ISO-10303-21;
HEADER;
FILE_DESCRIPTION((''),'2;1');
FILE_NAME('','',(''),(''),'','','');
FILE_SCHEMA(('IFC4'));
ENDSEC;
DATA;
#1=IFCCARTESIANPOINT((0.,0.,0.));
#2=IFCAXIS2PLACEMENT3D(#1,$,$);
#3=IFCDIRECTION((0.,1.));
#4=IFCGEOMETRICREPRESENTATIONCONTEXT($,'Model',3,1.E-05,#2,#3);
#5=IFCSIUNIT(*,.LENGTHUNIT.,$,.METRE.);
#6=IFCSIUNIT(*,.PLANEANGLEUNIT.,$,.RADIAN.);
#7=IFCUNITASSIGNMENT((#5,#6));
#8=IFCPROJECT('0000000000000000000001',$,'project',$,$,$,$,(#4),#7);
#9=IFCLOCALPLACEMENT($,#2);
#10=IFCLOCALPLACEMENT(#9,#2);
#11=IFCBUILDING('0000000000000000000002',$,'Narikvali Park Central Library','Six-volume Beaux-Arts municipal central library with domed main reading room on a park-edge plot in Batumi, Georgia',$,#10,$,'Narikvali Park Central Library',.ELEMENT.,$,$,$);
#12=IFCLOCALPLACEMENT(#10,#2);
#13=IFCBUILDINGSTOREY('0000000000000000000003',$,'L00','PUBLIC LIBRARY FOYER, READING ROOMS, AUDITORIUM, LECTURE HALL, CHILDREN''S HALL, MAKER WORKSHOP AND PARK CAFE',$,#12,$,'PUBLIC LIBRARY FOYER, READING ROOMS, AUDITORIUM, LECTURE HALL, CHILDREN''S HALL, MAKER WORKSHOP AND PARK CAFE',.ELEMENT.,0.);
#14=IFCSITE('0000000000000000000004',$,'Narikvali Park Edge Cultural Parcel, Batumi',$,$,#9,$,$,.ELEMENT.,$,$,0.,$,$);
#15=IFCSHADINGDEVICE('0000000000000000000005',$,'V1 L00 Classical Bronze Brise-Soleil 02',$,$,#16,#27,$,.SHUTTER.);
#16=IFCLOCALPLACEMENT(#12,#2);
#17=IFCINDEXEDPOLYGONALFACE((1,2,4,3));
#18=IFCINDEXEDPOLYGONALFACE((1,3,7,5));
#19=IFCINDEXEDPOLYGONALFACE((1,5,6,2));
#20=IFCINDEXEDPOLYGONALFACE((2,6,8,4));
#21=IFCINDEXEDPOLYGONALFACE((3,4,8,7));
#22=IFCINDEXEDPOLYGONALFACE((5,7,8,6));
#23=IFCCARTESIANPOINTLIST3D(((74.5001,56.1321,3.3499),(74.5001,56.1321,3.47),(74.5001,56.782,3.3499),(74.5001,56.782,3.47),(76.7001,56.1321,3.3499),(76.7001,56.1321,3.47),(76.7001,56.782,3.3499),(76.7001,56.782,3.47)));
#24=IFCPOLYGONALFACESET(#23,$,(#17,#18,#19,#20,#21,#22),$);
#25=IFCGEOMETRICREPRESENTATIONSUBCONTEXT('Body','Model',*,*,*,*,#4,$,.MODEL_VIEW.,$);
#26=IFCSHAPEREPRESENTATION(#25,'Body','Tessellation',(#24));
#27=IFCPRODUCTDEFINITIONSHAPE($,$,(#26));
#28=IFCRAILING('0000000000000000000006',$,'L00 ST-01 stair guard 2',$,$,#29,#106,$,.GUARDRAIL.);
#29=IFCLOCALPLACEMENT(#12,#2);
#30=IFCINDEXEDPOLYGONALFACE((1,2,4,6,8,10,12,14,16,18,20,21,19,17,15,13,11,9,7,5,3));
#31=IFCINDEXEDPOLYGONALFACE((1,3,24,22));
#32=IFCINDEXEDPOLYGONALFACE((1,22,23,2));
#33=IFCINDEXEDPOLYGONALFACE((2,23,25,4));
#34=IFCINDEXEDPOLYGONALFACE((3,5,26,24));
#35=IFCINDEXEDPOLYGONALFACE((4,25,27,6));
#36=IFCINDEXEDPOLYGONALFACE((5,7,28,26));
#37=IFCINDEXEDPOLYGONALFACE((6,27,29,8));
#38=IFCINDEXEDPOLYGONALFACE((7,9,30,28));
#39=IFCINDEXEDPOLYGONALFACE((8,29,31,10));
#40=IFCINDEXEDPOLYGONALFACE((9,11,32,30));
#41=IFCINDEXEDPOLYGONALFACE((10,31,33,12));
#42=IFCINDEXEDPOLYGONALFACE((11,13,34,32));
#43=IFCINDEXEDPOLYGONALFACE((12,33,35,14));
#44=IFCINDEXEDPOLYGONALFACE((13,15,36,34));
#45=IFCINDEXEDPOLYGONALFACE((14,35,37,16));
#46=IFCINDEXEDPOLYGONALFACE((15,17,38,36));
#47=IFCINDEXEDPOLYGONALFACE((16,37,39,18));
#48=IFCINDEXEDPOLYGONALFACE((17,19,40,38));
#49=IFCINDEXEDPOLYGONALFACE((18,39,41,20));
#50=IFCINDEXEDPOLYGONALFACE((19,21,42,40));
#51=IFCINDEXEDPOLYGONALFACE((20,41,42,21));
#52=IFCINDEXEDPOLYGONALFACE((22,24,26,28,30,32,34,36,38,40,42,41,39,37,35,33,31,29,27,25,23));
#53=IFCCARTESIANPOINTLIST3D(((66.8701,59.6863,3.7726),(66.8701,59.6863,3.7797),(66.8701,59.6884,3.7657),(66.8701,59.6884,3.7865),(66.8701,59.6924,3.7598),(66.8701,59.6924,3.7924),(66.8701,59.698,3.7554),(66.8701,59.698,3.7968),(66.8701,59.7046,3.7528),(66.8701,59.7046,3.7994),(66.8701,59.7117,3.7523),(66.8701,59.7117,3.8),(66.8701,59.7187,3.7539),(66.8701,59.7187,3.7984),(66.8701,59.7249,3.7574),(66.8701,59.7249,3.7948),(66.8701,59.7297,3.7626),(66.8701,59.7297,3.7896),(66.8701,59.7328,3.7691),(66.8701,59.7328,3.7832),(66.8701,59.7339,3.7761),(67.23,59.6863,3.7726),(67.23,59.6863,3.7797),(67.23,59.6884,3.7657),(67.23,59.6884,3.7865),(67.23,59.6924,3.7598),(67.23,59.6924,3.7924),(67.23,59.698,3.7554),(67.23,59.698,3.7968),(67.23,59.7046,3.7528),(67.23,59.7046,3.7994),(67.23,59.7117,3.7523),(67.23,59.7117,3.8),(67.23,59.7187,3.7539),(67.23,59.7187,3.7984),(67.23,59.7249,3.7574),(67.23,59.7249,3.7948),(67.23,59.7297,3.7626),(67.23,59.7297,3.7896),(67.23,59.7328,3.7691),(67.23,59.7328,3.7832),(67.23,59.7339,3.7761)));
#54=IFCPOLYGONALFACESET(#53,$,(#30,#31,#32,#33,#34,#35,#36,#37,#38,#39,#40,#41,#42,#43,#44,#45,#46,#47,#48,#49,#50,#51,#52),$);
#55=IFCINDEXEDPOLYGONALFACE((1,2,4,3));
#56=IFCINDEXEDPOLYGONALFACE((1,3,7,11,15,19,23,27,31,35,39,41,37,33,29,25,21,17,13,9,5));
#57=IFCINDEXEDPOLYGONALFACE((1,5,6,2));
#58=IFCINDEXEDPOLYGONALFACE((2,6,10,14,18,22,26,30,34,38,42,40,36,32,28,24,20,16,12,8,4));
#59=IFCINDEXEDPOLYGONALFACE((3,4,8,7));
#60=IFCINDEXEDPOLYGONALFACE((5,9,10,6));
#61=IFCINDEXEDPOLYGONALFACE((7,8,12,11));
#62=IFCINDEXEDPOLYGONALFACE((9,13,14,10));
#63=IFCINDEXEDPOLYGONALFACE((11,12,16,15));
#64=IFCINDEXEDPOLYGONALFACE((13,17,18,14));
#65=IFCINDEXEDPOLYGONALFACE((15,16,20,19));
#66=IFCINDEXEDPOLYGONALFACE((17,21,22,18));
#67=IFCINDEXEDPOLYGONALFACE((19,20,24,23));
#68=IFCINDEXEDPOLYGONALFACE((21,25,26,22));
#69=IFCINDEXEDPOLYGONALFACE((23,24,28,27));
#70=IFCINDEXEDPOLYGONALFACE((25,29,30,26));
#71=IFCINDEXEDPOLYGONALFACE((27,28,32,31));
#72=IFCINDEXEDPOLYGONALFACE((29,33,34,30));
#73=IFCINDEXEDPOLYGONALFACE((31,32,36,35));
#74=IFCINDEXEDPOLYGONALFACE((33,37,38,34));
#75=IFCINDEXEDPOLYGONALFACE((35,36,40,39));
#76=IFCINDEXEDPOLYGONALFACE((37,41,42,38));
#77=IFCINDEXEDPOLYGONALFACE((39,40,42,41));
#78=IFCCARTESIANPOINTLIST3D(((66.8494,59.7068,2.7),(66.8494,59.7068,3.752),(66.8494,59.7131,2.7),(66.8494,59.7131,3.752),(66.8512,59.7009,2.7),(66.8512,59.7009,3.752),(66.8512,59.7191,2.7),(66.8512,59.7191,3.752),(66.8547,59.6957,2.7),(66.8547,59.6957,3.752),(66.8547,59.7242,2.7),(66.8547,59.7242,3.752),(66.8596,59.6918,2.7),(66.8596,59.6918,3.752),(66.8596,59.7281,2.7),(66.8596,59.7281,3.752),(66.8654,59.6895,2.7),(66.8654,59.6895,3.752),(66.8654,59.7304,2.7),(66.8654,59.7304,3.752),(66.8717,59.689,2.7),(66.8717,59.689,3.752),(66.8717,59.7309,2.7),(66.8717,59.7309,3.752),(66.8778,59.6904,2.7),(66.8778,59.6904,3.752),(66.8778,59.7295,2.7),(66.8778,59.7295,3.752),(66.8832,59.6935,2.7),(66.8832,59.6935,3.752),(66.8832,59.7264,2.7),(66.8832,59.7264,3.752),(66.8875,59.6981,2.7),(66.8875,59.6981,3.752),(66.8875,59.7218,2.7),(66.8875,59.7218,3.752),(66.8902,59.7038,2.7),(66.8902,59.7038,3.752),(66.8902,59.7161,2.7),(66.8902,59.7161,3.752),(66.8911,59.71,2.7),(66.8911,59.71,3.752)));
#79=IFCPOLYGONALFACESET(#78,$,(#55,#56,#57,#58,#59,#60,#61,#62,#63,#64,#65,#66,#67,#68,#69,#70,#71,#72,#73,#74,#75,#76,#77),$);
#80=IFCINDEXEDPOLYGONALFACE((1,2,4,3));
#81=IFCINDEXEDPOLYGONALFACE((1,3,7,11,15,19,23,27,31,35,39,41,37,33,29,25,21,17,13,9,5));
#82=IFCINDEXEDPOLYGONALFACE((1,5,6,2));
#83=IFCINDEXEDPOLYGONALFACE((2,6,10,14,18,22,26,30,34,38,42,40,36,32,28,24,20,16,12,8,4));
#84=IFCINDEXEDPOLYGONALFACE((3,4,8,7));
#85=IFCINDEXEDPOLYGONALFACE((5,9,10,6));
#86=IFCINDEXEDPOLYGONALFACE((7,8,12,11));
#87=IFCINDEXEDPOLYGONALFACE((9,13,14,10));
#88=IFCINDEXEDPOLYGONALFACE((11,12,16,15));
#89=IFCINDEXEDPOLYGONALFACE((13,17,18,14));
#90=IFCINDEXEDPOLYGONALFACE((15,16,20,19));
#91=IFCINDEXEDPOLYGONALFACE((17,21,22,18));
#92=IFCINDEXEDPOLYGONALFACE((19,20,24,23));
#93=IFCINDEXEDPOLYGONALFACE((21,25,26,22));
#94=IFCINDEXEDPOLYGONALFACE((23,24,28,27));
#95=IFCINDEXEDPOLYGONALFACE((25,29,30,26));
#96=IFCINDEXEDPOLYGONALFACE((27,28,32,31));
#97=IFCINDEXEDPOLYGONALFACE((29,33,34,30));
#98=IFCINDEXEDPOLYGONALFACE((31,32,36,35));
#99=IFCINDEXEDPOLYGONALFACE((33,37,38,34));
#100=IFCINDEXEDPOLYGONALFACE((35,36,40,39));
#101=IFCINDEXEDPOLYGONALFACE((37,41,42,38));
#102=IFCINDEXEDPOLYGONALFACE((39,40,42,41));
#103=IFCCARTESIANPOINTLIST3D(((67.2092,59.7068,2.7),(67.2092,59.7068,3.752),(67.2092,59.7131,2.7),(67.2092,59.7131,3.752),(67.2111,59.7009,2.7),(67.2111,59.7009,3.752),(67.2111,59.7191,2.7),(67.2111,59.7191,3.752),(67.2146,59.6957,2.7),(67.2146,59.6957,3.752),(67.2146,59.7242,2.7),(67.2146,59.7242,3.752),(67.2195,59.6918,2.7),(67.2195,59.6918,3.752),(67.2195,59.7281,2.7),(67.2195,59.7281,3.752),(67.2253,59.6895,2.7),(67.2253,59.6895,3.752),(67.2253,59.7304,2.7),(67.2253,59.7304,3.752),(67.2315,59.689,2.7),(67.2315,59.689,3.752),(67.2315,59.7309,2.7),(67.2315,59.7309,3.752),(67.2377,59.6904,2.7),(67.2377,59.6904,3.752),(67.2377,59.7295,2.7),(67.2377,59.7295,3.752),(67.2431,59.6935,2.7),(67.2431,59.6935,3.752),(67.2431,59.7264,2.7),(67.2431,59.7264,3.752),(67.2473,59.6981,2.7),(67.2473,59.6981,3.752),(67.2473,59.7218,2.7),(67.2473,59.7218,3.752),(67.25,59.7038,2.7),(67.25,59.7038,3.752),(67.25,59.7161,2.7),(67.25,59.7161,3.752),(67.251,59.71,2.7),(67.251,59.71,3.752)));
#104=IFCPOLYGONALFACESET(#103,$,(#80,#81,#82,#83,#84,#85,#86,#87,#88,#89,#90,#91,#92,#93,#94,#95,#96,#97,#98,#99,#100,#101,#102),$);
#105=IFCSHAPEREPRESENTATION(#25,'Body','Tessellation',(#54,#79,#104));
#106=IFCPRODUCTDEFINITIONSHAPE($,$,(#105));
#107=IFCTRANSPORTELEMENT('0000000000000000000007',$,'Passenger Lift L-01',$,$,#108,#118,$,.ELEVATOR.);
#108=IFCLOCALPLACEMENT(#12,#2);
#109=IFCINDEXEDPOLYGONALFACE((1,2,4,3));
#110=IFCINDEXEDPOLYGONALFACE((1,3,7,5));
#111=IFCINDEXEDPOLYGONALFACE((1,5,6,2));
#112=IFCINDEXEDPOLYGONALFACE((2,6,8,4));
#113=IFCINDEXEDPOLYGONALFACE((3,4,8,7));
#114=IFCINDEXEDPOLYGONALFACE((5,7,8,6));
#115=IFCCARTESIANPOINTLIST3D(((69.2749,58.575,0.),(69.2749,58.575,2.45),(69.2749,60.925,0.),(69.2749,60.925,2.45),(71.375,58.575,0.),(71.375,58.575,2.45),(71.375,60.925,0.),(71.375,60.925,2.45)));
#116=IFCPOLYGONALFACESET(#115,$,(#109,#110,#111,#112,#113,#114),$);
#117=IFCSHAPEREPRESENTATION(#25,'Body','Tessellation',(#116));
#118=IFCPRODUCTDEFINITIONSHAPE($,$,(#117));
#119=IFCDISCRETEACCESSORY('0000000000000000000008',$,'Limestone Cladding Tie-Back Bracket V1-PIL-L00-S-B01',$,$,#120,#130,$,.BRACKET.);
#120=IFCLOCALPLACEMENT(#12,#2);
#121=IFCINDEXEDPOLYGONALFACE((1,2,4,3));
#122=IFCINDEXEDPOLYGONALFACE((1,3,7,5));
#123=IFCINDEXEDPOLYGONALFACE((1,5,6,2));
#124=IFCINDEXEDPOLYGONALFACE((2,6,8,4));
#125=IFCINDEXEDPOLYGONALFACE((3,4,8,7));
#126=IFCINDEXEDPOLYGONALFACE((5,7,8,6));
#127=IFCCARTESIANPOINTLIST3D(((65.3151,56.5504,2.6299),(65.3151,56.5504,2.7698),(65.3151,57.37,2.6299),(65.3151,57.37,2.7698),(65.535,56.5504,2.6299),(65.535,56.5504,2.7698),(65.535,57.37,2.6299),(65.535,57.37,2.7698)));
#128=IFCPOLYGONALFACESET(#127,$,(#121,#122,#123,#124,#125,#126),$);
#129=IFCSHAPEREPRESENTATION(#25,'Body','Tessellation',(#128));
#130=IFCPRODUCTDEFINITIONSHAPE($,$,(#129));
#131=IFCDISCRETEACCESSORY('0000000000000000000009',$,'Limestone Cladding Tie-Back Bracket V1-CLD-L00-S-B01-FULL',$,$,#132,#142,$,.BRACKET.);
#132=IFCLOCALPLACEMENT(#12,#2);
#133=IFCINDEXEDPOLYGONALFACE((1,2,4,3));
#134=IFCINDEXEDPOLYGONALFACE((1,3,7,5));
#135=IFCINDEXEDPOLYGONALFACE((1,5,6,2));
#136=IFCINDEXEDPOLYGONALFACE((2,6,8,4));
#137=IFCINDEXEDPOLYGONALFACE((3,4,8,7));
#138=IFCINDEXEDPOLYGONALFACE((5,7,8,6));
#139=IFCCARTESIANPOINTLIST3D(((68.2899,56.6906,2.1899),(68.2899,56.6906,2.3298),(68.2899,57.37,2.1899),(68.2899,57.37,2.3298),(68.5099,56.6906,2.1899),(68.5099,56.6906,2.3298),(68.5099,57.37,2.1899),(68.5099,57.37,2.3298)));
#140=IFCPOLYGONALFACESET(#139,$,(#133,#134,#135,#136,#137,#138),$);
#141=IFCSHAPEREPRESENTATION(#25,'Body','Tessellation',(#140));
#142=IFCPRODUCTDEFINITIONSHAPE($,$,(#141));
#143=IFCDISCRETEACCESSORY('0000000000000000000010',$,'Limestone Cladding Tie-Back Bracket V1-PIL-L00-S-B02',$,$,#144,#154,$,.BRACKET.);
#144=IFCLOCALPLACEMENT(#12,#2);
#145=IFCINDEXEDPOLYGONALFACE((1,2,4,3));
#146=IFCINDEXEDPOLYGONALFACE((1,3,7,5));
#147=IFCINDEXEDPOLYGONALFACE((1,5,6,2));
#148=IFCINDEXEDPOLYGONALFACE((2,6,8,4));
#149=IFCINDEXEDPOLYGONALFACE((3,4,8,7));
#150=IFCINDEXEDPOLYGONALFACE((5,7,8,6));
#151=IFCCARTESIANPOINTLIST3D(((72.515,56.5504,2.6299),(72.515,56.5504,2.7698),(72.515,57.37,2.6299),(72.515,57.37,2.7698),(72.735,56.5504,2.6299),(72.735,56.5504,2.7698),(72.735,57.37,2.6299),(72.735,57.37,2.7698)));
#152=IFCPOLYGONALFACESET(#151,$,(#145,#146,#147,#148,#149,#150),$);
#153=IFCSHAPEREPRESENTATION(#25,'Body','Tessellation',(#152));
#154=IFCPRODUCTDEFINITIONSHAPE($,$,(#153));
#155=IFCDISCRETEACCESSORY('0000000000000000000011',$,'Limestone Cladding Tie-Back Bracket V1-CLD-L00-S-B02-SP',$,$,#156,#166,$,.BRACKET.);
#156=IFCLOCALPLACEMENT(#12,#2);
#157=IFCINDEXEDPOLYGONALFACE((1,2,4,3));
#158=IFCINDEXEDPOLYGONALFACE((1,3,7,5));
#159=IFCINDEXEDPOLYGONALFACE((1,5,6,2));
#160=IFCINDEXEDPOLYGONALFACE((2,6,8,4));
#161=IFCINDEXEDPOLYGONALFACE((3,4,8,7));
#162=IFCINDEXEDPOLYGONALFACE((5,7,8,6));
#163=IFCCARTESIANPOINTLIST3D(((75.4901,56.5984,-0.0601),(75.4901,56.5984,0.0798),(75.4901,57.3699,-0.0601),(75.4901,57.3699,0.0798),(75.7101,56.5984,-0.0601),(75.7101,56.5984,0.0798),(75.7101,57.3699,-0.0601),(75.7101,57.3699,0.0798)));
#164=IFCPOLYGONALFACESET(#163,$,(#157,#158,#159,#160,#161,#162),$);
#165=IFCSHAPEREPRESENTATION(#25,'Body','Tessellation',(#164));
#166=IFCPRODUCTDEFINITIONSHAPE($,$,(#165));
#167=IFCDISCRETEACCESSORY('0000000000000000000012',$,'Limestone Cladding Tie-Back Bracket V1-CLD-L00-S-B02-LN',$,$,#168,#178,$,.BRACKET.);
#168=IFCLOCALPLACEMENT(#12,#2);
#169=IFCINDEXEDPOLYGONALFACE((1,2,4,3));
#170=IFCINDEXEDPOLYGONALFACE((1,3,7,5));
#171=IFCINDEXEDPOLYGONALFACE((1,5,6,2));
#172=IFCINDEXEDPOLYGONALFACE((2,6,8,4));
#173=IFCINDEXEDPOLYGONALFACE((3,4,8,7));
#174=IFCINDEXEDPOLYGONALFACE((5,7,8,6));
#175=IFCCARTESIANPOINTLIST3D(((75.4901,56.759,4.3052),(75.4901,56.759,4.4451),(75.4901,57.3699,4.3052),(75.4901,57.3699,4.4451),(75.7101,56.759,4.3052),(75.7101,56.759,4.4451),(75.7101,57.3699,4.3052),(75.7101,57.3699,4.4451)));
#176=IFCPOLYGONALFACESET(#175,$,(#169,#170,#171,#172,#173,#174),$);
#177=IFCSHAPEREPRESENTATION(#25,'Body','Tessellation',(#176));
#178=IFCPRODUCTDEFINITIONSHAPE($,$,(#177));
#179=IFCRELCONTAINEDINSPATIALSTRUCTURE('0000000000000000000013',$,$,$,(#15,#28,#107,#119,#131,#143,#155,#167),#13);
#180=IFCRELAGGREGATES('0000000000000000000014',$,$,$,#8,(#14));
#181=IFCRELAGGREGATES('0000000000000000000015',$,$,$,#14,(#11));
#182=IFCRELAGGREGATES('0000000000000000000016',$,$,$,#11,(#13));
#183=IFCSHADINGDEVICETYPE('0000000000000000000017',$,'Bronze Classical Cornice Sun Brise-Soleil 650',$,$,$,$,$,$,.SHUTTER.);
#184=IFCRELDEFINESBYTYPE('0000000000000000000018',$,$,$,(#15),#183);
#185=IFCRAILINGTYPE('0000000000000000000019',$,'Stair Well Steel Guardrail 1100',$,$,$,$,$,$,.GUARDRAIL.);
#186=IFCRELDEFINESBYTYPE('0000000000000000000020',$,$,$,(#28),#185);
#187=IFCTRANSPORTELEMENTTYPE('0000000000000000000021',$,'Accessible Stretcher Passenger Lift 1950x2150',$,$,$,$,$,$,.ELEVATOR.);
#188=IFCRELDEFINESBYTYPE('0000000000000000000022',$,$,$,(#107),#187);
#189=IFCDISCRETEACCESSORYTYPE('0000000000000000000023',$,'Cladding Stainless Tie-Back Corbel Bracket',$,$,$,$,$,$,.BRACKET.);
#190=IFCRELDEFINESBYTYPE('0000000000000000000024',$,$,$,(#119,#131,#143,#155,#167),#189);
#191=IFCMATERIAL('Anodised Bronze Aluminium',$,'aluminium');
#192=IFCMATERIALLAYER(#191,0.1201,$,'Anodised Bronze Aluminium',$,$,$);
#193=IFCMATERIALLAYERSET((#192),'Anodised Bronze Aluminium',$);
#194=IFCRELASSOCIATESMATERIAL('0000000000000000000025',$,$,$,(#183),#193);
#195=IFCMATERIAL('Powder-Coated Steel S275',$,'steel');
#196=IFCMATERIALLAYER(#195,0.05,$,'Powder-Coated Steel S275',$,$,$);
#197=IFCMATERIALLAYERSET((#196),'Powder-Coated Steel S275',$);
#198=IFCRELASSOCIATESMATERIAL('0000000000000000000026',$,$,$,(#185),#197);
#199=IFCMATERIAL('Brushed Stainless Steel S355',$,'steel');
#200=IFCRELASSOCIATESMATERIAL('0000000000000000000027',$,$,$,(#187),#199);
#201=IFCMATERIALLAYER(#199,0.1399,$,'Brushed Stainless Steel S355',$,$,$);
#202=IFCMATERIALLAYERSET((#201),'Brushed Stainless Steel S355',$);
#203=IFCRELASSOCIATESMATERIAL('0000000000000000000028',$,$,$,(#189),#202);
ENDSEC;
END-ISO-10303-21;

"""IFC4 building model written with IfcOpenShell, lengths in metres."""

from ifc_helpers import new_model, si_unit, direction, frame, origin, origin_2d, place, context, subcontext, project, spatial, rectangle, circle, extrude, material, layer, layer_set, type_object, element, save


model = new_model("IFC4")

# Units and contexts
model_context = context("Model", 3, precision=1e-05, world=origin(), true_north=direction((0.0, 1.0)))
body_context = subcontext(model_context, "Body", "Model", "MODEL_VIEW")
ifc_project = project(units=[si_unit("LENGTHUNIT", "METRE"), si_unit("PLANEANGLEUNIT", "RADIAN")], contexts=[model_context])

# Site, building, storey
site_placement = place(None, origin())
site = spatial("IfcSite", under=ifc_project, at=site_placement, Name="Narikvali Park Edge Cultural Parcel, Batumi", CompositionType="ELEMENT", RefElevation=0.0)
building_placement = place(site_placement, origin())
building = spatial("IfcBuilding", under=site, at=building_placement, Name="Narikvali Park Central Library", Description="Six-volume Beaux-Arts municipal central library with domed main reading room on a park-edge plot in Batumi, Georgia", LongName="Narikvali Park Central Library", CompositionType="ELEMENT")
storey_placement = place(building_placement, origin())
storey = spatial("IfcBuildingStorey", under=building, at=storey_placement, Name="L00", Description="PUBLIC LIBRARY FOYER, READING ROOMS, AUDITORIUM, LECTURE HALL, CHILDREN'S HALL, MAKER WORKSHOP AND PARK CAFE", LongName="PUBLIC LIBRARY FOYER, READING ROOMS, AUDITORIUM, LECTURE HALL, CHILDREN'S HALL, MAKER WORKSHOP AND PARK CAFE", CompositionType="ELEMENT", Elevation=0.0)

# Shading device
ifc_material_1 = material(Name="Anodised Bronze Aluminium", Category="aluminium")
ifc_layer_1 = layer(ifc_material_1, 0.1201, Name="Anodised Bronze Aluminium")
ifc_layer_set_1 = layer_set([ifc_layer_1], Name="Anodised Bronze Aluminium")
shading_device_type = type_object("IfcShadingDeviceType", Name="Bronze Classical Cornice Sun Brise-Soleil 650", PredefinedType="SHUTTER", material=ifc_layer_set_1)
shading_device_placement = place(storey_placement, frame((75.6001, 56.457, 3.3499), z_axis=(0.0, 0.0, 1.0), x_axis=(1.0, 0.0, 0.0)))
element("IfcShadingDevice", 1, at=shading_device_placement, inside=storey, type_object=shading_device_type, Name="V1 L00 Classical Bronze Brise-Soleil 02", PredefinedType="SHUTTER", context=body_context, shape_type="SweptSolid", body=[
    extrude(rectangle(XDim=2.2, YDim=0.6499, at=origin_2d()), origin(), (0.0, 0.0, 1.0), 0.1201),
])

# Railing
ifc_material_2 = material(Name="Powder-Coated Steel S275", Category="steel")
ifc_layer_2 = layer(ifc_material_2, 0.05, Name="Powder-Coated Steel S275")
ifc_layer_set_2 = layer_set([ifc_layer_2], Name="Powder-Coated Steel S275")
railing_type = type_object("IfcRailingType", Name="Stair Well Steel Guardrail 1100", PredefinedType="GUARDRAIL", material=ifc_layer_set_2)
railing_placement = place(storey_placement, frame((66.8701, 59.71, 2.7)))
element("IfcRailing", 2, at=railing_placement, inside=storey, type_object=railing_type, Name="L00 ST-01 stair guard 2", PredefinedType="GUARDRAIL", context=body_context, shape_type="SweptSolid", body=[
    extrude(circle(Radius=0.0239, at=origin_2d()), frame((0.0, 0.0, 1.0762), z_axis=(1.0, 0.0, 0.0), x_axis=(0.0, 1.0, 0.0)), (0.0, 0.0, 1.0), 0.3599),
    extrude(circle(Radius=0.021, at=origin_2d()), origin(), (0.0, 0.0, 1.0), 1.052),
    extrude(circle(Radius=0.021, at=origin_2d()), frame((0.3599, 0.0, 0.0)), (0.0, 0.0, 1.0), 1.052),
])

# Transport element
ifc_material_3 = material(Name="Brushed Stainless Steel S355", Category="steel")
transport_element_type = type_object("IfcTransportElementType", Name="Accessible Stretcher Passenger Lift 1950x2150", PredefinedType="ELEVATOR", material=ifc_material_3)
transport_element_placement = place(storey_placement, frame((70.325, 59.75, 0.0), z_axis=(0.0, 0.0, 1.0), x_axis=(1.0, 0.0, 0.0)))
element("IfcTransportElement", 3, at=transport_element_placement, inside=storey, type_object=transport_element_type, Name="Passenger Lift L-01", PredefinedType="ELEVATOR", context=body_context, shape_type="SweptSolid", body=[
    extrude(rectangle(XDim=2.1001, YDim=2.3501, at=origin_2d()), origin(), (0.0, 0.0, 1.0), 2.45),
])

# Discrete accessories
ifc_layer_3 = layer(ifc_material_3, 0.1399, Name="Brushed Stainless Steel S355")
ifc_layer_set_3 = layer_set([ifc_layer_3], Name="Brushed Stainless Steel S355")
discrete_accessory_type = type_object("IfcDiscreteAccessoryType", Name="Cladding Stainless Tie-Back Corbel Bracket", PredefinedType="BRACKET", material=ifc_layer_set_3)
discrete_accessory_1_placement = place(storey_placement, frame((65.425, 56.9602, 2.6299), z_axis=(0.0, 0.0, 1.0), x_axis=(1.0, 0.0, 0.0)))
element("IfcDiscreteAccessory", 4, at=discrete_accessory_1_placement, inside=storey, type_object=discrete_accessory_type, Name="Limestone Cladding Tie-Back Bracket V1-PIL-L00-S-B01", PredefinedType="BRACKET", context=body_context, shape_type="SweptSolid", body=[
    extrude(rectangle(XDim=0.22, YDim=0.8196, at=origin_2d()), origin(), (0.0, 0.0, 1.0), 0.1399),
])
discrete_accessory_2_placement = place(storey_placement, frame((68.3999, 57.0303, 2.1899), z_axis=(0.0, 0.0, 1.0), x_axis=(1.0, 0.0, 0.0)))
element("IfcDiscreteAccessory", 5, at=discrete_accessory_2_placement, inside=storey, type_object=discrete_accessory_type, Name="Limestone Cladding Tie-Back Bracket V1-CLD-L00-S-B01-FULL", PredefinedType="BRACKET", context=body_context, shape_type="SweptSolid", body=[
    extrude(rectangle(XDim=0.22, YDim=0.6794, at=origin_2d()), origin(), (0.0, 0.0, 1.0), 0.1399),
])
discrete_accessory_3_placement = place(storey_placement, frame((72.625, 56.9602, 2.6299), z_axis=(0.0, 0.0, 1.0), x_axis=(1.0, 0.0, 0.0)))
element("IfcDiscreteAccessory", 6, at=discrete_accessory_3_placement, inside=storey, type_object=discrete_accessory_type, Name="Limestone Cladding Tie-Back Bracket V1-PIL-L00-S-B02", PredefinedType="BRACKET", context=body_context, shape_type="SweptSolid", body=[
    extrude(rectangle(XDim=0.22, YDim=0.8196, at=origin_2d()), origin(), (0.0, 0.0, 1.0), 0.1399),
])
discrete_accessory_4_placement = place(storey_placement, frame((75.6001, 56.9841, -0.0601), z_axis=(0.0, 0.0, 1.0), x_axis=(1.0, 0.0, 0.0)))
element("IfcDiscreteAccessory", 7, at=discrete_accessory_4_placement, inside=storey, type_object=discrete_accessory_type, Name="Limestone Cladding Tie-Back Bracket V1-CLD-L00-S-B02-SP", PredefinedType="BRACKET", context=body_context, shape_type="SweptSolid", body=[
    extrude(rectangle(XDim=0.22, YDim=0.7715, at=origin_2d()), origin(), (0.0, 0.0, 1.0), 0.1399),
])
discrete_accessory_5_placement = place(storey_placement, frame((75.6001, 57.0645, 4.3052), z_axis=(0.0, 0.0, 1.0), x_axis=(1.0, 0.0, 0.0)))
element("IfcDiscreteAccessory", 8, at=discrete_accessory_5_placement, inside=storey, type_object=discrete_accessory_type, Name="Limestone Cladding Tie-Back Bracket V1-CLD-L00-S-B02-LN", PredefinedType="BRACKET", context=body_context, shape_type="SweptSolid", body=[
    extrude(rectangle(XDim=0.22, YDim=0.6108, at=origin_2d()), origin(), (0.0, 0.0, 1.0), 0.1399),
])

save(model, "model.ifc")
